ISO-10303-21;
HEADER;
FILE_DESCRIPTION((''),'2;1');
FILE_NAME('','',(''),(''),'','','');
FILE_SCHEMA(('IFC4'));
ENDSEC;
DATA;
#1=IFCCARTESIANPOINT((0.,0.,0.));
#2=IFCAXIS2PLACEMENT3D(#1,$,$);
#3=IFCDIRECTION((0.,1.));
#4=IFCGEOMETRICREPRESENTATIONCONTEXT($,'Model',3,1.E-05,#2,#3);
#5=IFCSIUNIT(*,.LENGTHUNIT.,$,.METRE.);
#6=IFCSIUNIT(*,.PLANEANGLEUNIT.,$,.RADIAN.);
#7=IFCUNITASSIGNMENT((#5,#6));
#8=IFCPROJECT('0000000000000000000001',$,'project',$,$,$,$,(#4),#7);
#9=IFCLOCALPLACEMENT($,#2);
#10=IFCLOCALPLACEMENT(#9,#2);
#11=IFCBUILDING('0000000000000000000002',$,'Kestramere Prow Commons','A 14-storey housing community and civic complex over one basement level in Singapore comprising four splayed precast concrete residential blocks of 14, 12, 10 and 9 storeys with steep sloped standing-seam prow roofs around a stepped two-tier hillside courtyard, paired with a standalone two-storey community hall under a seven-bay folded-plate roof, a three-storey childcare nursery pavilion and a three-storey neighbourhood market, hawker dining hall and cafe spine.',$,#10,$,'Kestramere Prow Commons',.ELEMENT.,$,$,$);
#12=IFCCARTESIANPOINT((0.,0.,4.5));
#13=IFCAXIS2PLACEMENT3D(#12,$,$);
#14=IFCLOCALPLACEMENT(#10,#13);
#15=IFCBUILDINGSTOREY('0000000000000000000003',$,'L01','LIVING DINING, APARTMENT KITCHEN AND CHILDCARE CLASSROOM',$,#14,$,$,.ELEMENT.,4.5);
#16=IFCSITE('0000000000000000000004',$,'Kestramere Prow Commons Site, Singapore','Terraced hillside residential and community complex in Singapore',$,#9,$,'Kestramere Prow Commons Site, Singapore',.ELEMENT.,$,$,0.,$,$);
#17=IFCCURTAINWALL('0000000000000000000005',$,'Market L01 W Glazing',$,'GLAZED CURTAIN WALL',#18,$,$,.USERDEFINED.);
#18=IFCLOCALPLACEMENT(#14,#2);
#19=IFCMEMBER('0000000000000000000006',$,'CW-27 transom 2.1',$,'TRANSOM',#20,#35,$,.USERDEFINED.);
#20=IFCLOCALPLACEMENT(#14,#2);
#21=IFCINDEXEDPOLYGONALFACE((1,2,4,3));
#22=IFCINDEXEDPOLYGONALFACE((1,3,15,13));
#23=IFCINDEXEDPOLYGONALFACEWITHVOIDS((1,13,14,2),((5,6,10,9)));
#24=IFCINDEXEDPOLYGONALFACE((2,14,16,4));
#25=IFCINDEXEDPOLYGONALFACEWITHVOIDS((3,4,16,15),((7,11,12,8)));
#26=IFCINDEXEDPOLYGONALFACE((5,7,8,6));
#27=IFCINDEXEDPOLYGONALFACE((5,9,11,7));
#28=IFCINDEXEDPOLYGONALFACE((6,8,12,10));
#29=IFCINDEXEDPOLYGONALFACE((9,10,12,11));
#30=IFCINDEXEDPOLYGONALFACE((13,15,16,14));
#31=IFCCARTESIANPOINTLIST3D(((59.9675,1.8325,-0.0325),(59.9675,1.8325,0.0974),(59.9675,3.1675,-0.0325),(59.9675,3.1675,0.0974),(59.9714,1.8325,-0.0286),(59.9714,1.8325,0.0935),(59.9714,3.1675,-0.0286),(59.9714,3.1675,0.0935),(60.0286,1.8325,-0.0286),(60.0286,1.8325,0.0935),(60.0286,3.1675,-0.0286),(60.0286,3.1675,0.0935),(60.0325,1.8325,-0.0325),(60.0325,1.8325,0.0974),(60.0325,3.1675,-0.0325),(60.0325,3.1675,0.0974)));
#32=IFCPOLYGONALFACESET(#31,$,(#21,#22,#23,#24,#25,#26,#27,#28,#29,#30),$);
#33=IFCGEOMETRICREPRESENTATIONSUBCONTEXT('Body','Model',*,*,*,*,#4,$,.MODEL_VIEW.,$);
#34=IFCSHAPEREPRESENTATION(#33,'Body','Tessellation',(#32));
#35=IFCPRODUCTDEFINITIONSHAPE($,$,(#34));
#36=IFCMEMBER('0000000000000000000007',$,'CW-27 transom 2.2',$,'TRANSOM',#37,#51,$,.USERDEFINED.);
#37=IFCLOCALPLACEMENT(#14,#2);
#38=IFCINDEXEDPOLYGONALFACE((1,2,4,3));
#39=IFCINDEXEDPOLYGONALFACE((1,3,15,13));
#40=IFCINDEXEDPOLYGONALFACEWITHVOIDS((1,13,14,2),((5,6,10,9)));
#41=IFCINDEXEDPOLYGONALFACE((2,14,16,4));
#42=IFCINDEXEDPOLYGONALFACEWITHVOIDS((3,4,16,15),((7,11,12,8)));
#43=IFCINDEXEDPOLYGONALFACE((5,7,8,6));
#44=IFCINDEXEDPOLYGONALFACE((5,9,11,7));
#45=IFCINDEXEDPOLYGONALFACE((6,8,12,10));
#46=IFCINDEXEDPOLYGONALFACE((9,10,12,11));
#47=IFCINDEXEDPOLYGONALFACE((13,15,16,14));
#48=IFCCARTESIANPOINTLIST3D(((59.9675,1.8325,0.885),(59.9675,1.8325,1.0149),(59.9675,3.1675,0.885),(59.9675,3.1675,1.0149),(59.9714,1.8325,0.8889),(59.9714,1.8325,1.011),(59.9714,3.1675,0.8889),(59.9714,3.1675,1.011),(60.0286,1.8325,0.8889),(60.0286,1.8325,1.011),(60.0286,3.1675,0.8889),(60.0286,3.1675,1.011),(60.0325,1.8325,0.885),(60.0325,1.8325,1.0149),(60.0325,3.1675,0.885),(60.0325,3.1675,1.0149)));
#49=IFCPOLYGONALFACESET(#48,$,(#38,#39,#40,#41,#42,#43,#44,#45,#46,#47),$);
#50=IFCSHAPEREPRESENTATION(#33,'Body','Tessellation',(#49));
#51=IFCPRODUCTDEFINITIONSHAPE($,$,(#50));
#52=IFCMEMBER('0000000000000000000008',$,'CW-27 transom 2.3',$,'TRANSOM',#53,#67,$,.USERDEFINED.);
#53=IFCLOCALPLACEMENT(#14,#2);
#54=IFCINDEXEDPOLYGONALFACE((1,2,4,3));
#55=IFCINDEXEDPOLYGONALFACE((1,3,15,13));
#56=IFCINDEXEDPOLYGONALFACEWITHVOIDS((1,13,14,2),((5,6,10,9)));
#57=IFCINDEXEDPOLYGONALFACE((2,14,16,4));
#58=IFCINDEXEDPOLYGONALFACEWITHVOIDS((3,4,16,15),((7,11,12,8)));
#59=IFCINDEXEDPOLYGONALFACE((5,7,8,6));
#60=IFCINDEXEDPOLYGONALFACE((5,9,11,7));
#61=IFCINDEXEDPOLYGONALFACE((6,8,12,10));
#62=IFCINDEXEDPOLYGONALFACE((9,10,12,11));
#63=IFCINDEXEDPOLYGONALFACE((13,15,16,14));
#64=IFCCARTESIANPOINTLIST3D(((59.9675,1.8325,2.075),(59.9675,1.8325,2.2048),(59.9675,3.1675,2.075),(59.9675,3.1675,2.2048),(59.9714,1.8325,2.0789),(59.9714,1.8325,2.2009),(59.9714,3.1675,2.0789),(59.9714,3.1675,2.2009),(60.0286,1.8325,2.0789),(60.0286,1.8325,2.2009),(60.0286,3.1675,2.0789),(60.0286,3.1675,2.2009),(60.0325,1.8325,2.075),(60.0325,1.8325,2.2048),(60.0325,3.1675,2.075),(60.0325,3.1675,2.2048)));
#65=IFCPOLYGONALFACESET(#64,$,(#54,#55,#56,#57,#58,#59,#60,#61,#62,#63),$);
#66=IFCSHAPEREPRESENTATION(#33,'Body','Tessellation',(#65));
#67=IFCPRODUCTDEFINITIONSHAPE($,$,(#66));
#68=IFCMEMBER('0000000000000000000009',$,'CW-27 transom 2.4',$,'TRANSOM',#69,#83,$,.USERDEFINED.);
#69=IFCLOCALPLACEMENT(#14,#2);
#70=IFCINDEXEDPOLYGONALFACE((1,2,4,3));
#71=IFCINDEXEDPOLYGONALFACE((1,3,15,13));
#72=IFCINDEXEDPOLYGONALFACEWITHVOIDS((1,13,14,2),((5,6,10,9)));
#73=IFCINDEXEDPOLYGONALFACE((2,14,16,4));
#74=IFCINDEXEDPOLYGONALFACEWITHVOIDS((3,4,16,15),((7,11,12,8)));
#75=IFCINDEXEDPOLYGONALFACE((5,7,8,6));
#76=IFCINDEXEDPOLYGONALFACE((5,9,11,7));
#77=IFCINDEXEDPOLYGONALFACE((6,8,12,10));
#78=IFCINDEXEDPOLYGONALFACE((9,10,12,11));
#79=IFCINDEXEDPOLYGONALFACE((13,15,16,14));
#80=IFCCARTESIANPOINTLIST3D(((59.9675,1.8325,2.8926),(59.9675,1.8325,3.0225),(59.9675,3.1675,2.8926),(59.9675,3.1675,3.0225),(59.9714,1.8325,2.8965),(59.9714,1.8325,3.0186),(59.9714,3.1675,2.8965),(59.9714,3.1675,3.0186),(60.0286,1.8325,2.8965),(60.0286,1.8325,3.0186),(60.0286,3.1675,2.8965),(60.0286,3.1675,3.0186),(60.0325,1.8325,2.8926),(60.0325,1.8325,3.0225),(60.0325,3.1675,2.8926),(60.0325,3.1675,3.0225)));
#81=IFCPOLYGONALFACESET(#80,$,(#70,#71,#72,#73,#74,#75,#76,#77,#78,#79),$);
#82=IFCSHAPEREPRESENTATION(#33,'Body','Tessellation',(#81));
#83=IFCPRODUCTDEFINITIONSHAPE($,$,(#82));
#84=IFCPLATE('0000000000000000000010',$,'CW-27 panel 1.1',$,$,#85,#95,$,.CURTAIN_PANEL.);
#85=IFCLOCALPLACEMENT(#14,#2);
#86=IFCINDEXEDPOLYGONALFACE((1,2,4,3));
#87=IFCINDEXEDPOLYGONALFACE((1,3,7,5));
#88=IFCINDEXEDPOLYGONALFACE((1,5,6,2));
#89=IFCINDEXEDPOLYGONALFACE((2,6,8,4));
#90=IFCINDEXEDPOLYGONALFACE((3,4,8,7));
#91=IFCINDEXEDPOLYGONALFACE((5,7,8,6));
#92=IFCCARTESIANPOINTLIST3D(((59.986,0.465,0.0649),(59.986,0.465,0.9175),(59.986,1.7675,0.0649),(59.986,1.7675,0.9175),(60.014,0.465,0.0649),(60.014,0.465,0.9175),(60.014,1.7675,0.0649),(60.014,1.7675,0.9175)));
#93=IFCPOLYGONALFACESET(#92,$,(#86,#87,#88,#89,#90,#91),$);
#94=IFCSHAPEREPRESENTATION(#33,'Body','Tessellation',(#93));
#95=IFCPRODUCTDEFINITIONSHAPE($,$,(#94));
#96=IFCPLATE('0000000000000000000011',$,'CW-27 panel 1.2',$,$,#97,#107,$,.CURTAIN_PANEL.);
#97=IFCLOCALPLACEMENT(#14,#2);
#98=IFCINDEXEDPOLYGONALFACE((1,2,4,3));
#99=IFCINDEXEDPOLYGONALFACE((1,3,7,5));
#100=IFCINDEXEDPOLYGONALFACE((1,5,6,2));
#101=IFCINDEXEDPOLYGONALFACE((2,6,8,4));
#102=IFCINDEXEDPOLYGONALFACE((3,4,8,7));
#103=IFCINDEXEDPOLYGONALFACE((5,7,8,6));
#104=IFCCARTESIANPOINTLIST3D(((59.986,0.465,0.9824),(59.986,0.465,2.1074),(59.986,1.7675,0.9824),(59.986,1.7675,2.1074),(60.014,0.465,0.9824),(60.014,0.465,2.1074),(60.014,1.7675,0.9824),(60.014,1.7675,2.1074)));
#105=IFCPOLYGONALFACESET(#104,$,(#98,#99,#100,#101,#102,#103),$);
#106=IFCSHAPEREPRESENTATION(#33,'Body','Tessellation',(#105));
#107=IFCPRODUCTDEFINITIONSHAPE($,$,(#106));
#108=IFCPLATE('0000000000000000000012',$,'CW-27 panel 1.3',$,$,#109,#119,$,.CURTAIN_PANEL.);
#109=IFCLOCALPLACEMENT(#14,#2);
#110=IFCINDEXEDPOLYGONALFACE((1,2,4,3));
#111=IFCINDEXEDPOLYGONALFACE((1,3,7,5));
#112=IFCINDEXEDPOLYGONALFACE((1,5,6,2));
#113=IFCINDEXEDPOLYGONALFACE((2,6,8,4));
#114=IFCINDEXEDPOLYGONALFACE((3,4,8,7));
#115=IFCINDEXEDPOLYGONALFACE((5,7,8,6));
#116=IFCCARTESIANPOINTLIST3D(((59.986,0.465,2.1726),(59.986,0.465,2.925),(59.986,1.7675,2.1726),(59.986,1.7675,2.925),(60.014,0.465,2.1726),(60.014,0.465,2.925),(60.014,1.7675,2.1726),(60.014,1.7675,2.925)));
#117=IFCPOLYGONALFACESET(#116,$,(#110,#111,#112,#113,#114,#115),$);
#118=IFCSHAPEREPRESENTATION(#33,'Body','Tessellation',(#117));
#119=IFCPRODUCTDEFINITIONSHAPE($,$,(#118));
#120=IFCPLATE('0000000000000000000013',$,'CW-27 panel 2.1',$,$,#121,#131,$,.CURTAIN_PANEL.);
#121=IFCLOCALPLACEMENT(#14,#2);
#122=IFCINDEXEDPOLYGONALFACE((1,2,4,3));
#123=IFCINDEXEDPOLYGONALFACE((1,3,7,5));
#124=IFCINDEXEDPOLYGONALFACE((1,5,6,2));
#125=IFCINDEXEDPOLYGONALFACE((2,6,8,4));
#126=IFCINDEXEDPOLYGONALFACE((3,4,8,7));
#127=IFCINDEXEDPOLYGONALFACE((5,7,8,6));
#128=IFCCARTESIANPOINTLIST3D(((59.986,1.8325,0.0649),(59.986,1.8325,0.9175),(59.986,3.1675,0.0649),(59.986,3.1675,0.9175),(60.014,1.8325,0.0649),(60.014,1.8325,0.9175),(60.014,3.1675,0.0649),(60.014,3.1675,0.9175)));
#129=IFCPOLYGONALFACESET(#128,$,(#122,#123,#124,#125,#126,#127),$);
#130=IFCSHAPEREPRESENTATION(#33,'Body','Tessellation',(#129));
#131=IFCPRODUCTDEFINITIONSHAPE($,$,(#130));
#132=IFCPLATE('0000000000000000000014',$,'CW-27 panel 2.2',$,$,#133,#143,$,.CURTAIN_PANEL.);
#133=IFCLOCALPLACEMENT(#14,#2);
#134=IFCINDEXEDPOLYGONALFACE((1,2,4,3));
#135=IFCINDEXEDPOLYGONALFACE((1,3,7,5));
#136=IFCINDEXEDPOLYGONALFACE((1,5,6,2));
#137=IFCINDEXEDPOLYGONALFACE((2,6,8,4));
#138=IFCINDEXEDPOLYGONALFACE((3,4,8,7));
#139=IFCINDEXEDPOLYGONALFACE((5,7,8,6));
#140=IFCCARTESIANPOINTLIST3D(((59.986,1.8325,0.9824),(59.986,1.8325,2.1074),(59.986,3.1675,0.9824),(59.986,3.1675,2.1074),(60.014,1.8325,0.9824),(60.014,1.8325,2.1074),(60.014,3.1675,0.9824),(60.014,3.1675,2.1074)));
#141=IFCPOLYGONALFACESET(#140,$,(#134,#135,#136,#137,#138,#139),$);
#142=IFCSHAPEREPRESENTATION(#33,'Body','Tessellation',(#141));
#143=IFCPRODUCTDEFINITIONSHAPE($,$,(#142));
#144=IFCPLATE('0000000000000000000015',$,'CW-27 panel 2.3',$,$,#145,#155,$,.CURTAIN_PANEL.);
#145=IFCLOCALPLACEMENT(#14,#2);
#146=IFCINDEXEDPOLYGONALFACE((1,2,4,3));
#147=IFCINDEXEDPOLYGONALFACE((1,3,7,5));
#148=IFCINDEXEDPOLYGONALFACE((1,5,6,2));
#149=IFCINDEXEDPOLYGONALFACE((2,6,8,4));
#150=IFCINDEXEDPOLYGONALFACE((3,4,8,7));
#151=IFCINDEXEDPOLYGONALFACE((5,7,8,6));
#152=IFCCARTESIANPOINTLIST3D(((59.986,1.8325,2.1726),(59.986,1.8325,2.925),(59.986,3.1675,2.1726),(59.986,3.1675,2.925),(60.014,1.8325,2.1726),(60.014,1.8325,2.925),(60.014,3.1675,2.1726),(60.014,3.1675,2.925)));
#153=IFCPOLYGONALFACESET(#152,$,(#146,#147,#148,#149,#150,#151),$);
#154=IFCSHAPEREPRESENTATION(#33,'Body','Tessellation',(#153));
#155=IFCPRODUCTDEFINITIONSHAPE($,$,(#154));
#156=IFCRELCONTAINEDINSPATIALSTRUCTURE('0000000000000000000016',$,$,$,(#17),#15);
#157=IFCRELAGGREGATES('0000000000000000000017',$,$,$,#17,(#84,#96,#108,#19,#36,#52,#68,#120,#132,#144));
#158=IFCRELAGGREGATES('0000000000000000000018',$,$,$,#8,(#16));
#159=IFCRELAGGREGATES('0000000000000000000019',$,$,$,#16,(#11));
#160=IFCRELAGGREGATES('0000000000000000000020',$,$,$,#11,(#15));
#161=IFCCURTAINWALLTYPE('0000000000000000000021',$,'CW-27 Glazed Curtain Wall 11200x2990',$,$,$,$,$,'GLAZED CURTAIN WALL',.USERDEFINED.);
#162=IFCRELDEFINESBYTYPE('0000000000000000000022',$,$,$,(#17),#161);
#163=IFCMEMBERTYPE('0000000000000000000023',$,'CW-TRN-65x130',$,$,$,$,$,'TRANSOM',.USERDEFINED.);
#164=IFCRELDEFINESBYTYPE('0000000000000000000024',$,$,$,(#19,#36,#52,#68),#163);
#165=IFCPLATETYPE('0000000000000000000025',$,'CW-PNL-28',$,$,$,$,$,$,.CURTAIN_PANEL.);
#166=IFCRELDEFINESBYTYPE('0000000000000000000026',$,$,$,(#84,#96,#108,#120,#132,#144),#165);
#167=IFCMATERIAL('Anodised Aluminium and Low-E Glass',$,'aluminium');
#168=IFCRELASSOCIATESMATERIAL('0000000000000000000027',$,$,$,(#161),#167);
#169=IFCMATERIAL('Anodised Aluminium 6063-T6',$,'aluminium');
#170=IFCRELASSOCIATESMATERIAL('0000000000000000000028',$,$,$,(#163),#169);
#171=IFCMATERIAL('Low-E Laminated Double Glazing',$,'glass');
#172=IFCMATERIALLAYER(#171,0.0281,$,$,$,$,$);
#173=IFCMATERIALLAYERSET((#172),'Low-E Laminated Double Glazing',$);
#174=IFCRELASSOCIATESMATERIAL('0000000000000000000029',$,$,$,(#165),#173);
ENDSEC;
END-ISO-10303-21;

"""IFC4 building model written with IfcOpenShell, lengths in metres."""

from ifc_helpers import new_model, si_unit, direction, frame, origin, origin_2d, place, context, subcontext, project, spatial, rectangle, hollow_rectangle, extrude, material, layer, layer_set, material_profile, profile_set, type_object, element, aggregate, save


model = new_model("IFC4")

# Units and contexts
model_context = context("Model", 3, precision=1e-05, world=origin(), true_north=direction((0.0, 1.0)))
body_context = subcontext(model_context, "Body", "Model", "MODEL_VIEW")
ifc_project = project(units=[si_unit("LENGTHUNIT", "METRE"), si_unit("PLANEANGLEUNIT", "RADIAN")], contexts=[model_context])

# Site, building, storey
site_placement = place(None, origin())
site = spatial("IfcSite", under=ifc_project, at=site_placement, Name="Kestramere Prow Commons Site, Singapore", Description="Terraced hillside residential and community complex in Singapore", LongName="Kestramere Prow Commons Site, Singapore", CompositionType="ELEMENT", RefElevation=0.0)
building_placement = place(site_placement, origin())
building = spatial("IfcBuilding", under=site, at=building_placement, Name="Kestramere Prow Commons", Description="A 14-storey housing community and civic complex over one basement level in Singapore comprising four splayed precast concrete residential blocks of 14, 12, 10 and 9 storeys with steep sloped standing-seam prow roofs around a stepped two-tier hillside courtyard, paired with a standalone two-storey community hall under a seven-bay folded-plate roof, a three-storey childcare nursery pavilion and a three-storey neighbourhood market, hawker dining hall and cafe spine.", LongName="Kestramere Prow Commons", CompositionType="ELEMENT")
storey_placement = place(building_placement, frame((0.0, 0.0, 4.5)))
storey = spatial("IfcBuildingStorey", under=building, at=storey_placement, Name="L01", Description="LIVING DINING, APARTMENT KITCHEN AND CHILDCARE CLASSROOM", CompositionType="ELEMENT", Elevation=4.5)

# Shared definitions
ifc_material_1 = material(Name="Anodised Aluminium and Low-E Glass", Category="aluminium")
ifc_material_2 = material(Name="Anodised Aluminium 6063-T6", Category="aluminium")

# Curtain wall, members, plates
curtain_wall_type_1 = type_object("IfcCurtainWallType", Name="CW-27 Glazed Curtain Wall 11200x2990", ElementType="GLAZED CURTAIN WALL", PredefinedType="USERDEFINED", material=ifc_material_1)
curtain_wall_1_placement = place(storey_placement, origin())
curtain_wall_1 = element("IfcCurtainWall", 1, at=curtain_wall_1_placement, inside=storey, type_object=curtain_wall_type_1, Name="Market L01 W Glazing", ObjectType="GLAZED CURTAIN WALL", PredefinedType="USERDEFINED")
ifc_material_profile_1 = material_profile(ifc_material_2, hollow_rectangle(XDim=0.0649, YDim=0.1299, WallThickness=0.0039, at=origin_2d()), Name="ALU-TRN 65x130")
ifc_profile_set_1 = profile_set([ifc_material_profile_1], Name="Anodised Aluminium 6063-T6")
member_type_1 = type_object("IfcMemberType", Name="CW-TRN-65x130", ElementType="TRANSOM", PredefinedType="USERDEFINED", material=ifc_profile_set_1)
member_1_placement = place(storey_placement, frame((60.0, 1.8325, 0.0325), z_axis=(0.0, 1.0, 0.0), x_axis=(-1.0, 0.0, 0.0)))
member_1 = element("IfcMember", 2, at=member_1_placement, type_object=member_type_1, Name="CW-27 transom 2.1", ObjectType="TRANSOM", PredefinedType="USERDEFINED", context=body_context, shape_type="SweptSolid", body=[
    extrude(hollow_rectangle(XDim=0.0649, YDim=0.1299, WallThickness=0.0039, at=origin_2d()), origin(), (0.0, 0.0, 1.0), 1.335),
])
member_2_placement = place(storey_placement, frame((60.0, 1.8325, 0.95), z_axis=(0.0, 1.0, 0.0), x_axis=(-1.0, 0.0, 0.0)))
member_2 = element("IfcMember", 3, at=member_2_placement, type_object=member_type_1, Name="CW-27 transom 2.2", ObjectType="TRANSOM", PredefinedType="USERDEFINED", context=body_context, shape_type="SweptSolid", body=[
    extrude(hollow_rectangle(XDim=0.0649, YDim=0.1299, WallThickness=0.0039, at=origin_2d()), origin(), (0.0, 0.0, 1.0), 1.335),
])
member_3_placement = place(storey_placement, frame((60.0, 1.8325, 2.1399), z_axis=(0.0, 1.0, 0.0), x_axis=(-1.0, 0.0, 0.0)))
member_3 = element("IfcMember", 4, at=member_3_placement, type_object=member_type_1, Name="CW-27 transom 2.3", ObjectType="TRANSOM", PredefinedType="USERDEFINED", context=body_context, shape_type="SweptSolid", body=[
    extrude(hollow_rectangle(XDim=0.0649, YDim=0.1299, WallThickness=0.0039, at=origin_2d()), origin(), (0.0, 0.0, 1.0), 1.335),
])
member_4_placement = place(storey_placement, frame((60.0, 1.8325, 2.9575), z_axis=(0.0, 1.0, 0.0), x_axis=(-1.0, 0.0, 0.0)))
member_4 = element("IfcMember", 5, at=member_4_placement, type_object=member_type_1, Name="CW-27 transom 2.4", ObjectType="TRANSOM", PredefinedType="USERDEFINED", context=body_context, shape_type="SweptSolid", body=[
    extrude(hollow_rectangle(XDim=0.0649, YDim=0.1299, WallThickness=0.0039, at=origin_2d()), origin(), (0.0, 0.0, 1.0), 1.335),
])
ifc_material_3 = material(Name="Low-E Laminated Double Glazing", Category="glass")
ifc_layer = layer(ifc_material_3, 0.0281)
ifc_layer_set = layer_set([ifc_layer], Name="Low-E Laminated Double Glazing")
plate_type = type_object("IfcPlateType", Name="CW-PNL-28", PredefinedType="CURTAIN_PANEL", material=ifc_layer_set)
plate_1_placement = place(storey_placement, frame((60.0, 1.1162, 0.0649), z_axis=(0.0, 0.0, 1.0), x_axis=(0.0, 1.0, 0.0)))
plate_1 = element("IfcPlate", 6, at=plate_1_placement, type_object=plate_type, Name="CW-27 panel 1.1", PredefinedType="CURTAIN_PANEL", context=body_context, shape_type="SweptSolid", body=[
    extrude(rectangle(XDim=1.3025, YDim=0.0281, at=origin_2d()), origin(), (0.0, 0.0, 1.0), 0.8525),
])
plate_2_placement = place(storey_placement, frame((60.0, 1.1162, 0.9824), z_axis=(0.0, 0.0, 1.0), x_axis=(0.0, 1.0, 0.0)))
plate_2 = element("IfcPlate", 7, at=plate_2_placement, type_object=plate_type, Name="CW-27 panel 1.2", PredefinedType="CURTAIN_PANEL", context=body_context, shape_type="SweptSolid", body=[
    extrude(rectangle(XDim=1.3025, YDim=0.0281, at=origin_2d()), origin(), (0.0, 0.0, 1.0), 1.125),
])
plate_3_placement = place(storey_placement, frame((60.0, 1.1162, 2.1726), z_axis=(0.0, 0.0, 1.0), x_axis=(0.0, 1.0, 0.0)))
plate_3 = element("IfcPlate", 8, at=plate_3_placement, type_object=plate_type, Name="CW-27 panel 1.3", PredefinedType="CURTAIN_PANEL", context=body_context, shape_type="SweptSolid", body=[
    extrude(rectangle(XDim=1.3025, YDim=0.0281, at=origin_2d()), origin(), (0.0, 0.0, 1.0), 0.7524),
])
plate_4_placement = place(storey_placement, frame((60.0, 2.5, 0.0649), z_axis=(0.0, 0.0, 1.0), x_axis=(0.0, 1.0, 0.0)))
plate_4 = element("IfcPlate", 9, at=plate_4_placement, type_object=plate_type, Name="CW-27 panel 2.1", PredefinedType="CURTAIN_PANEL", context=body_context, shape_type="SweptSolid", body=[
    extrude(rectangle(XDim=1.335, YDim=0.0281, at=origin_2d()), origin(), (0.0, 0.0, 1.0), 0.8525),
])
plate_5_placement = place(storey_placement, frame((60.0, 2.5, 0.9824), z_axis=(0.0, 0.0, 1.0), x_axis=(0.0, 1.0, 0.0)))
plate_5 = element("IfcPlate", 10, at=plate_5_placement, type_object=plate_type, Name="CW-27 panel 2.2", PredefinedType="CURTAIN_PANEL", context=body_context, shape_type="SweptSolid", body=[
    extrude(rectangle(XDim=1.335, YDim=0.0281, at=origin_2d()), origin(), (0.0, 0.0, 1.0), 1.125),
])
plate_6_placement = place(storey_placement, frame((60.0, 2.5, 2.1726), z_axis=(0.0, 0.0, 1.0), x_axis=(0.0, 1.0, 0.0)))
plate_6 = element("IfcPlate", 11, at=plate_6_placement, type_object=plate_type, Name="CW-27 panel 2.3", PredefinedType="CURTAIN_PANEL", context=body_context, shape_type="SweptSolid", body=[
    extrude(rectangle(XDim=1.335, YDim=0.0281, at=origin_2d()), origin(), (0.0, 0.0, 1.0), 0.7524),
])
aggregate(curtain_wall_1, [plate_1, plate_2, plate_3, member_1, member_2, member_3, member_4, plate_4, plate_5, plate_6])

save(model, "model.ifc")
